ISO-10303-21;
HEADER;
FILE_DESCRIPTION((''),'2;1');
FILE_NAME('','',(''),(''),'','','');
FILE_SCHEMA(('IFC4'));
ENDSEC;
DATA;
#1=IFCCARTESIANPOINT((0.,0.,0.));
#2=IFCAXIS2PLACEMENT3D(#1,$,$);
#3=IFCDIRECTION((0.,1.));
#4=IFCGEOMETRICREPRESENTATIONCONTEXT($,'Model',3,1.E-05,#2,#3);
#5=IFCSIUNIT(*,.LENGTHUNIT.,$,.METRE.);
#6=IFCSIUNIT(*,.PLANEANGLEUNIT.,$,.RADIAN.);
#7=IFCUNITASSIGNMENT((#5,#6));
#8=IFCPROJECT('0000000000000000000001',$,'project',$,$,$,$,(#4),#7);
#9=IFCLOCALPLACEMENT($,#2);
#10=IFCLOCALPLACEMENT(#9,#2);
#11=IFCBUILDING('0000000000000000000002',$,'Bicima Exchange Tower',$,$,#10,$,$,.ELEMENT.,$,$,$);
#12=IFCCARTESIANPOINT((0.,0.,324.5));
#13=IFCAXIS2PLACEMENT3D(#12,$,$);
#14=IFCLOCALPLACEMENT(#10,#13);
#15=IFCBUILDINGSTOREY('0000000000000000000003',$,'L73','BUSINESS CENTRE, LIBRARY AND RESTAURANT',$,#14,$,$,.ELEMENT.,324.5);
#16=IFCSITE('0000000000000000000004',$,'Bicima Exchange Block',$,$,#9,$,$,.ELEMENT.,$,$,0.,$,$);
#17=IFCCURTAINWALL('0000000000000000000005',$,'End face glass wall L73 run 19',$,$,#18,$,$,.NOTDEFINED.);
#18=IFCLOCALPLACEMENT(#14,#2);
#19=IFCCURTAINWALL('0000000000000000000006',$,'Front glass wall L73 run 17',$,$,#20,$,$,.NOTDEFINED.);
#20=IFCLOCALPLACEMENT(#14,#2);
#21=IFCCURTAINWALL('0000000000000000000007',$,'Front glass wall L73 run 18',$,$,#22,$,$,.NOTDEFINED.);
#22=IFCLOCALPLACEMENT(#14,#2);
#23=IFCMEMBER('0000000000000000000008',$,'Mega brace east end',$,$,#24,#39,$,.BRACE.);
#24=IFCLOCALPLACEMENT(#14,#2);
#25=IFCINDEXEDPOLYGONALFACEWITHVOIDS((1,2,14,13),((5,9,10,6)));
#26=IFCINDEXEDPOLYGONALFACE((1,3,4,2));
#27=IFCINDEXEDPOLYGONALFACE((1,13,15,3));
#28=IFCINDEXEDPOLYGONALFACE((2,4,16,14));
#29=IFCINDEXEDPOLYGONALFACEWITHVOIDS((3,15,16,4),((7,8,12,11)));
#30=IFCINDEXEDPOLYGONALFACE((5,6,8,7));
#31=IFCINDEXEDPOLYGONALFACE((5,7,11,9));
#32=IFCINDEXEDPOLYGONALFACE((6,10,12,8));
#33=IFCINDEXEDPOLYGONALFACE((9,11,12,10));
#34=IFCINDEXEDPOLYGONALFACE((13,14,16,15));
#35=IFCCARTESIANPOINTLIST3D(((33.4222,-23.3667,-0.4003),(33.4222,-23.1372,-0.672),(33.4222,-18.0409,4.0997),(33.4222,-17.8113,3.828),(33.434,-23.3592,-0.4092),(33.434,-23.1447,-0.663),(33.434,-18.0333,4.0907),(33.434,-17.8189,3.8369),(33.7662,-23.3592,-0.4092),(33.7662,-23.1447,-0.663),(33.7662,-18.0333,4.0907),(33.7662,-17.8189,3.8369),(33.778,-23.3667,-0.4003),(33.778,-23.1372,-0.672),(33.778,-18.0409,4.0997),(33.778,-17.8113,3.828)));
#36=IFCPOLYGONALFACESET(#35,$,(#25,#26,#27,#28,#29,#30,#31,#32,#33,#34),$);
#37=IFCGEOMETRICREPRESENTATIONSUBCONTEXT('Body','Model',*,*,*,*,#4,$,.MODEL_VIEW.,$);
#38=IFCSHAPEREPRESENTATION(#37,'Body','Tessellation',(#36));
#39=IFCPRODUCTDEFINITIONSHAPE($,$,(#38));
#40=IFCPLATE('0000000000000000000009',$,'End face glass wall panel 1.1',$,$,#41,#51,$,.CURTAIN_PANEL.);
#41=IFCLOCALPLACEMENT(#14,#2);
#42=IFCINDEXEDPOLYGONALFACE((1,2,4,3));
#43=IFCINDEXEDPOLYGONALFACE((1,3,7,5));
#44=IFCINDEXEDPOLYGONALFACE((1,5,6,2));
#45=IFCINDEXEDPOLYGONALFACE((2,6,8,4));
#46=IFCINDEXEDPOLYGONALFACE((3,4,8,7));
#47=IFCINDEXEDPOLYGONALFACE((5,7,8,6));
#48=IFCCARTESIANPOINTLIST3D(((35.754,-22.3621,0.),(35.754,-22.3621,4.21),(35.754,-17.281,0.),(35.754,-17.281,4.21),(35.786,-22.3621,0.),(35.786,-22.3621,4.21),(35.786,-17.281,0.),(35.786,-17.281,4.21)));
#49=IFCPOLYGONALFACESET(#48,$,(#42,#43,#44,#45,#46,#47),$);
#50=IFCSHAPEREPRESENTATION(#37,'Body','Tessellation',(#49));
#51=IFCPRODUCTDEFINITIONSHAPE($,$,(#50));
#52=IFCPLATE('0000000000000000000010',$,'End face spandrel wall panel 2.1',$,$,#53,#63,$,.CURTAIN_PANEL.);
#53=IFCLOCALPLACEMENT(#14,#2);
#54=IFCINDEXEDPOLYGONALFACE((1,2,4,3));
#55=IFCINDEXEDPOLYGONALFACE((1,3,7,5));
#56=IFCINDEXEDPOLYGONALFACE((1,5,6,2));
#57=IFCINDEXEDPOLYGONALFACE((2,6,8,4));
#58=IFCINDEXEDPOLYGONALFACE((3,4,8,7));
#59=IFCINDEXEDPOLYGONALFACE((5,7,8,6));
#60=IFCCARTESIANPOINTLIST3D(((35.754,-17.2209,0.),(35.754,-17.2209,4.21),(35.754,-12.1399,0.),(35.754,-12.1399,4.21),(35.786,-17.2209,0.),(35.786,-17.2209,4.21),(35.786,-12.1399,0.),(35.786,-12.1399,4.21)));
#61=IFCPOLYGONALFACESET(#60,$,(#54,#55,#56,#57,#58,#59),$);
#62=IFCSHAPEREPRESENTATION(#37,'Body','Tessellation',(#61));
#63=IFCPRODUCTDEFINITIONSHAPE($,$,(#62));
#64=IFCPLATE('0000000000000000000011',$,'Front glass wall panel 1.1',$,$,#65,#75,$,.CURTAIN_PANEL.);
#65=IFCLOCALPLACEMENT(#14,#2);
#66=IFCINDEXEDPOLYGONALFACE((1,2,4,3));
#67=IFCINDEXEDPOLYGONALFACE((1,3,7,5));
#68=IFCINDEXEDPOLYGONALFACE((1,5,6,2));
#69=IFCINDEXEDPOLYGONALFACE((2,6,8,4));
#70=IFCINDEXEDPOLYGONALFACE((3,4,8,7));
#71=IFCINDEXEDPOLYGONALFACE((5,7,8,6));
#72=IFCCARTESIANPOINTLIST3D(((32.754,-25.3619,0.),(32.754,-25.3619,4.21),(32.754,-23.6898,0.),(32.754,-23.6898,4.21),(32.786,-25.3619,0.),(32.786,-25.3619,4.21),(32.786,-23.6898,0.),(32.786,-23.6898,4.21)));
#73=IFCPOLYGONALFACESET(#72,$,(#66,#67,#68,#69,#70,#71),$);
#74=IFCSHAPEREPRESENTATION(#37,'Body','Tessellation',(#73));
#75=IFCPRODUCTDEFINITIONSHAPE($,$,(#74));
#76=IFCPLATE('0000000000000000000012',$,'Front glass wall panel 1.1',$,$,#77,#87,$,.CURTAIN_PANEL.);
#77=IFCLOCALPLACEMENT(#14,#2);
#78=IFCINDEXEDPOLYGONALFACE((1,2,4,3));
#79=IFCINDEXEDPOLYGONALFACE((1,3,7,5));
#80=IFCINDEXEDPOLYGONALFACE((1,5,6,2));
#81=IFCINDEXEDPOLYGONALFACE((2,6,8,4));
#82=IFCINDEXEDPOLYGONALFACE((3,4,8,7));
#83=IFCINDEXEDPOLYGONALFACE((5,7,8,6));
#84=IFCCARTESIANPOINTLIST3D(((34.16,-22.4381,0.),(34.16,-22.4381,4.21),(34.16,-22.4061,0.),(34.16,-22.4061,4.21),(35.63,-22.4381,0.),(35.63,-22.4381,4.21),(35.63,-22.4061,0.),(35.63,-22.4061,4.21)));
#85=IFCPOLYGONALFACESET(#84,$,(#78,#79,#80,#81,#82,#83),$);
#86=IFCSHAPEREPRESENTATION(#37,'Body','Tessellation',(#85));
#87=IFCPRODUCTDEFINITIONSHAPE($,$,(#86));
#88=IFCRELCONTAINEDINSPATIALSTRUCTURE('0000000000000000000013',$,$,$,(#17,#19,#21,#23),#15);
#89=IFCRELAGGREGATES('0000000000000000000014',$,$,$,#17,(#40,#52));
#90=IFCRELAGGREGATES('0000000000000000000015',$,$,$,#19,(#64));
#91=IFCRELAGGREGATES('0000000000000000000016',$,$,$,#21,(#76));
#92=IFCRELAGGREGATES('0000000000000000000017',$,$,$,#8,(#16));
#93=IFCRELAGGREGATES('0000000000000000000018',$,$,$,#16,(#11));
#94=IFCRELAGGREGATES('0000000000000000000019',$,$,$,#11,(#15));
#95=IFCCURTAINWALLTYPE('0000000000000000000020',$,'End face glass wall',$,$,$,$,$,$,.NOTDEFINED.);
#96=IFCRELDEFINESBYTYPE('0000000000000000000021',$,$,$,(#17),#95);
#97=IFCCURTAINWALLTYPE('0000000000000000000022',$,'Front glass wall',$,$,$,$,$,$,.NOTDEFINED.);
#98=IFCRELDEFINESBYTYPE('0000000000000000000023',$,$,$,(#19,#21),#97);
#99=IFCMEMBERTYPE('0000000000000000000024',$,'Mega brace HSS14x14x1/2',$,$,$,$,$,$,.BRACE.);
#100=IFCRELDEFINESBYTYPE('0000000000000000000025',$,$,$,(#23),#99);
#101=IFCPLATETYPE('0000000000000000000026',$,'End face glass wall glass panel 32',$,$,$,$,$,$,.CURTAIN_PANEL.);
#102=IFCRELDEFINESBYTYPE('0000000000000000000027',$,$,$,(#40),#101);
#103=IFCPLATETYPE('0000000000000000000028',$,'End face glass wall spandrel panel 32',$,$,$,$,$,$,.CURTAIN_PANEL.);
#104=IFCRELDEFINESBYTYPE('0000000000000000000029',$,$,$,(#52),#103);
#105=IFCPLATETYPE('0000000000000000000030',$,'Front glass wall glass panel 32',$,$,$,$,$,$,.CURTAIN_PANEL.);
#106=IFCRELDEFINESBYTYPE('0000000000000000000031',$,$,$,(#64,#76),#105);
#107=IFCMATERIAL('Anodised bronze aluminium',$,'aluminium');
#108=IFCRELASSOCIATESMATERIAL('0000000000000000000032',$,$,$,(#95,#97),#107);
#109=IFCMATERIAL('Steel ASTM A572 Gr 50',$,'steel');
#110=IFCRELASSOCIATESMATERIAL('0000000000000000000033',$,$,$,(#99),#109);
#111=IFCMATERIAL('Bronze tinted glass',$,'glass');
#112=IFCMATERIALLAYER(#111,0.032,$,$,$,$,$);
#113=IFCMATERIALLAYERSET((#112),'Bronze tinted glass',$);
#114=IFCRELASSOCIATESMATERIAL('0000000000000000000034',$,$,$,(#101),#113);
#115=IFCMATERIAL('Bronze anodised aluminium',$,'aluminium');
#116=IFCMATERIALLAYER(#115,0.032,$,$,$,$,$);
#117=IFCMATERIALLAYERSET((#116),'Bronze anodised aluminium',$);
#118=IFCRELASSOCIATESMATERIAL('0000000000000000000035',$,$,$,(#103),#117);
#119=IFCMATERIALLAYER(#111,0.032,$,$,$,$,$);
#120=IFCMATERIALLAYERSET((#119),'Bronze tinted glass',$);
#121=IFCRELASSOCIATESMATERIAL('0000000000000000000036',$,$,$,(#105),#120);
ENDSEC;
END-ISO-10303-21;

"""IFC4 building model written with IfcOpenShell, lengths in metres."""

from ifc_helpers import new_model, si_unit, direction, frame, origin, origin_2d, place, context, subcontext, project, spatial, rectangle, hollow_rectangle, extrude, material, layer, layer_set, material_profile, profile_set, type_object, element, aggregate, save


model = new_model("IFC4")

# Units and contexts
model_context = context("Model", 3, precision=1e-05, world=origin(), true_north=direction((0.0, 1.0)))
body_context = subcontext(model_context, "Body", "Model", "MODEL_VIEW")
ifc_project = project(units=[si_unit("LENGTHUNIT", "METRE"), si_unit("PLANEANGLEUNIT", "RADIAN")], contexts=[model_context])

# Site, building, storey
site_placement = place(None, origin())
site = spatial("IfcSite", under=ifc_project, at=site_placement, Name="Bicima Exchange Block", CompositionType="ELEMENT", RefElevation=0.0)
building_placement = place(site_placement, origin())
building = spatial("IfcBuilding", under=site, at=building_placement, Name="Bicima Exchange Tower", CompositionType="ELEMENT")
storey_placement = place(building_placement, frame((0.0, 0.0, 324.5)))
storey = spatial("IfcBuildingStorey", under=building, at=storey_placement, Name="L73", Description="BUSINESS CENTRE, LIBRARY AND RESTAURANT", CompositionType="ELEMENT", Elevation=324.5)

# Shared definitions
ifc_material_1 = material(Name="Steel ASTM A572 Gr 50", Category="steel")

# Curtain wall
ifc_material_2 = material(Name="Anodised bronze aluminium", Category="aluminium")
curtain_wall_type_1 = type_object("IfcCurtainWallType", Name="End face glass wall", PredefinedType="NOTDEFINED", material=ifc_material_2)
curtain_wall_1_placement = place(storey_placement, origin())
curtain_wall_1 = element("IfcCurtainWall", 1, at=curtain_wall_1_placement, inside=storey, type_object=curtain_wall_type_1, Name="End face glass wall L73 run 19", PredefinedType="NOTDEFINED")

# Shared definitions
curtain_wall_type_2 = type_object("IfcCurtainWallType", Name="Front glass wall", PredefinedType="NOTDEFINED", material=ifc_material_2)

# Curtain walls
curtain_wall_2_placement = place(storey_placement, origin())
curtain_wall_2 = element("IfcCurtainWall", 2, at=curtain_wall_2_placement, inside=storey, type_object=curtain_wall_type_2, Name="Front glass wall L73 run 17", PredefinedType="NOTDEFINED")
curtain_wall_3_placement = place(storey_placement, origin())
curtain_wall_3 = element("IfcCurtainWall", 3, at=curtain_wall_3_placement, inside=storey, type_object=curtain_wall_type_2, Name="Front glass wall L73 run 18", PredefinedType="NOTDEFINED")

# Member
ifc_material_profile_1 = material_profile(ifc_material_1, hollow_rectangle(XDim=0.3557, YDim=0.3557, WallThickness=0.0117, at=origin_2d()))
ifc_profile_set_1 = profile_set([ifc_material_profile_1], Name="Steel ASTM A572 Gr 50")
member_type_1 = type_object("IfcMemberType", Name="Mega brace HSS14x14x1/2", PredefinedType="BRACE", material=ifc_profile_set_1)
member_1_placement = place(storey_placement, frame((33.6001, -23.252, -0.5361), z_axis=(0.0, 0.76385, 0.645394), x_axis=(-1.0, 0.0, 0.0)))
element("IfcMember", 4, at=member_1_placement, inside=storey, type_object=member_type_1, Name="Mega brace east end", PredefinedType="BRACE", context=body_context, shape_type="SweptSolid", body=[
    extrude(hollow_rectangle(XDim=0.3557, YDim=0.3557, WallThickness=0.0117, at=origin_2d()), origin(), (0.0, 0.0, 1.0), 6.9724),
])

# Plates
ifc_material_3 = material(Name="Bronze tinted glass", Category="glass")
ifc_layer_1 = layer(ifc_material_3, 0.032)
ifc_layer_set_1 = layer_set([ifc_layer_1], Name="Bronze tinted glass")
plate_type_1 = type_object("IfcPlateType", Name="End face glass wall glass panel 32", PredefinedType="CURTAIN_PANEL", material=ifc_layer_set_1)
plate_1_placement = place(storey_placement, frame((35.77, -19.8215, 0.0), z_axis=(0.0, 0.0, 1.0), x_axis=(0.0, 1.0, 0.0)))
plate_1 = element("IfcPlate", 5, at=plate_1_placement, type_object=plate_type_1, Name="End face glass wall panel 1.1", PredefinedType="CURTAIN_PANEL", context=body_context, shape_type="SweptSolid", body=[
    extrude(rectangle(XDim=5.0811, YDim=0.032, at=origin_2d()), origin(), (0.0, 0.0, 1.0), 4.21),
])
ifc_material_4 = material(Name="Bronze anodised aluminium", Category="aluminium")
ifc_layer_2 = layer(ifc_material_4, 0.032)
ifc_layer_set_2 = layer_set([ifc_layer_2], Name="Bronze anodised aluminium")
plate_type_2 = type_object("IfcPlateType", Name="End face glass wall spandrel panel 32", PredefinedType="CURTAIN_PANEL", material=ifc_layer_set_2)
plate_2_placement = place(storey_placement, frame((35.77, -14.6804, 0.0), z_axis=(0.0, 0.0, 1.0), x_axis=(0.0, 1.0, 0.0)))
plate_2 = element("IfcPlate", 6, at=plate_2_placement, type_object=plate_type_2, Name="End face spandrel wall panel 2.1", PredefinedType="CURTAIN_PANEL", context=body_context, shape_type="SweptSolid", body=[
    extrude(rectangle(XDim=5.0811, YDim=0.032, at=origin_2d()), origin(), (0.0, 0.0, 1.0), 4.21),
])
aggregate(curtain_wall_1, [plate_1, plate_2])
ifc_layer_3 = layer(ifc_material_3, 0.032)
ifc_layer_set_3 = layer_set([ifc_layer_3], Name="Bronze tinted glass")
plate_type_3 = type_object("IfcPlateType", Name="Front glass wall glass panel 32", PredefinedType="CURTAIN_PANEL", material=ifc_layer_set_3)
plate_3_placement = place(storey_placement, frame((32.77, -24.5259, 0.0), z_axis=(0.0, 0.0, 1.0), x_axis=(0.0, 1.0, 0.0)))
plate_3 = element("IfcPlate", 7, at=plate_3_placement, type_object=plate_type_3, Name="Front glass wall panel 1.1", PredefinedType="CURTAIN_PANEL", context=body_context, shape_type="SweptSolid", body=[
    extrude(rectangle(XDim=1.6721, YDim=0.032, at=origin_2d()), origin(), (0.0, 0.0, 1.0), 4.21),
])
aggregate(curtain_wall_2, [plate_3])
plate_4_placement = place(storey_placement, frame((34.895, -22.4221, 0.0), z_axis=(0.0, 0.0, 1.0), x_axis=(1.0, 0.0, 0.0)))
plate_4 = element("IfcPlate", 8, at=plate_4_placement, type_object=plate_type_3, Name="Front glass wall panel 1.1", PredefinedType="CURTAIN_PANEL", context=body_context, shape_type="SweptSolid", body=[
    extrude(rectangle(XDim=1.47, YDim=0.032, at=origin_2d()), origin(), (0.0, 0.0, 1.0), 4.21),
])
aggregate(curtain_wall_3, [plate_4])

save(model, "model.ifc")
